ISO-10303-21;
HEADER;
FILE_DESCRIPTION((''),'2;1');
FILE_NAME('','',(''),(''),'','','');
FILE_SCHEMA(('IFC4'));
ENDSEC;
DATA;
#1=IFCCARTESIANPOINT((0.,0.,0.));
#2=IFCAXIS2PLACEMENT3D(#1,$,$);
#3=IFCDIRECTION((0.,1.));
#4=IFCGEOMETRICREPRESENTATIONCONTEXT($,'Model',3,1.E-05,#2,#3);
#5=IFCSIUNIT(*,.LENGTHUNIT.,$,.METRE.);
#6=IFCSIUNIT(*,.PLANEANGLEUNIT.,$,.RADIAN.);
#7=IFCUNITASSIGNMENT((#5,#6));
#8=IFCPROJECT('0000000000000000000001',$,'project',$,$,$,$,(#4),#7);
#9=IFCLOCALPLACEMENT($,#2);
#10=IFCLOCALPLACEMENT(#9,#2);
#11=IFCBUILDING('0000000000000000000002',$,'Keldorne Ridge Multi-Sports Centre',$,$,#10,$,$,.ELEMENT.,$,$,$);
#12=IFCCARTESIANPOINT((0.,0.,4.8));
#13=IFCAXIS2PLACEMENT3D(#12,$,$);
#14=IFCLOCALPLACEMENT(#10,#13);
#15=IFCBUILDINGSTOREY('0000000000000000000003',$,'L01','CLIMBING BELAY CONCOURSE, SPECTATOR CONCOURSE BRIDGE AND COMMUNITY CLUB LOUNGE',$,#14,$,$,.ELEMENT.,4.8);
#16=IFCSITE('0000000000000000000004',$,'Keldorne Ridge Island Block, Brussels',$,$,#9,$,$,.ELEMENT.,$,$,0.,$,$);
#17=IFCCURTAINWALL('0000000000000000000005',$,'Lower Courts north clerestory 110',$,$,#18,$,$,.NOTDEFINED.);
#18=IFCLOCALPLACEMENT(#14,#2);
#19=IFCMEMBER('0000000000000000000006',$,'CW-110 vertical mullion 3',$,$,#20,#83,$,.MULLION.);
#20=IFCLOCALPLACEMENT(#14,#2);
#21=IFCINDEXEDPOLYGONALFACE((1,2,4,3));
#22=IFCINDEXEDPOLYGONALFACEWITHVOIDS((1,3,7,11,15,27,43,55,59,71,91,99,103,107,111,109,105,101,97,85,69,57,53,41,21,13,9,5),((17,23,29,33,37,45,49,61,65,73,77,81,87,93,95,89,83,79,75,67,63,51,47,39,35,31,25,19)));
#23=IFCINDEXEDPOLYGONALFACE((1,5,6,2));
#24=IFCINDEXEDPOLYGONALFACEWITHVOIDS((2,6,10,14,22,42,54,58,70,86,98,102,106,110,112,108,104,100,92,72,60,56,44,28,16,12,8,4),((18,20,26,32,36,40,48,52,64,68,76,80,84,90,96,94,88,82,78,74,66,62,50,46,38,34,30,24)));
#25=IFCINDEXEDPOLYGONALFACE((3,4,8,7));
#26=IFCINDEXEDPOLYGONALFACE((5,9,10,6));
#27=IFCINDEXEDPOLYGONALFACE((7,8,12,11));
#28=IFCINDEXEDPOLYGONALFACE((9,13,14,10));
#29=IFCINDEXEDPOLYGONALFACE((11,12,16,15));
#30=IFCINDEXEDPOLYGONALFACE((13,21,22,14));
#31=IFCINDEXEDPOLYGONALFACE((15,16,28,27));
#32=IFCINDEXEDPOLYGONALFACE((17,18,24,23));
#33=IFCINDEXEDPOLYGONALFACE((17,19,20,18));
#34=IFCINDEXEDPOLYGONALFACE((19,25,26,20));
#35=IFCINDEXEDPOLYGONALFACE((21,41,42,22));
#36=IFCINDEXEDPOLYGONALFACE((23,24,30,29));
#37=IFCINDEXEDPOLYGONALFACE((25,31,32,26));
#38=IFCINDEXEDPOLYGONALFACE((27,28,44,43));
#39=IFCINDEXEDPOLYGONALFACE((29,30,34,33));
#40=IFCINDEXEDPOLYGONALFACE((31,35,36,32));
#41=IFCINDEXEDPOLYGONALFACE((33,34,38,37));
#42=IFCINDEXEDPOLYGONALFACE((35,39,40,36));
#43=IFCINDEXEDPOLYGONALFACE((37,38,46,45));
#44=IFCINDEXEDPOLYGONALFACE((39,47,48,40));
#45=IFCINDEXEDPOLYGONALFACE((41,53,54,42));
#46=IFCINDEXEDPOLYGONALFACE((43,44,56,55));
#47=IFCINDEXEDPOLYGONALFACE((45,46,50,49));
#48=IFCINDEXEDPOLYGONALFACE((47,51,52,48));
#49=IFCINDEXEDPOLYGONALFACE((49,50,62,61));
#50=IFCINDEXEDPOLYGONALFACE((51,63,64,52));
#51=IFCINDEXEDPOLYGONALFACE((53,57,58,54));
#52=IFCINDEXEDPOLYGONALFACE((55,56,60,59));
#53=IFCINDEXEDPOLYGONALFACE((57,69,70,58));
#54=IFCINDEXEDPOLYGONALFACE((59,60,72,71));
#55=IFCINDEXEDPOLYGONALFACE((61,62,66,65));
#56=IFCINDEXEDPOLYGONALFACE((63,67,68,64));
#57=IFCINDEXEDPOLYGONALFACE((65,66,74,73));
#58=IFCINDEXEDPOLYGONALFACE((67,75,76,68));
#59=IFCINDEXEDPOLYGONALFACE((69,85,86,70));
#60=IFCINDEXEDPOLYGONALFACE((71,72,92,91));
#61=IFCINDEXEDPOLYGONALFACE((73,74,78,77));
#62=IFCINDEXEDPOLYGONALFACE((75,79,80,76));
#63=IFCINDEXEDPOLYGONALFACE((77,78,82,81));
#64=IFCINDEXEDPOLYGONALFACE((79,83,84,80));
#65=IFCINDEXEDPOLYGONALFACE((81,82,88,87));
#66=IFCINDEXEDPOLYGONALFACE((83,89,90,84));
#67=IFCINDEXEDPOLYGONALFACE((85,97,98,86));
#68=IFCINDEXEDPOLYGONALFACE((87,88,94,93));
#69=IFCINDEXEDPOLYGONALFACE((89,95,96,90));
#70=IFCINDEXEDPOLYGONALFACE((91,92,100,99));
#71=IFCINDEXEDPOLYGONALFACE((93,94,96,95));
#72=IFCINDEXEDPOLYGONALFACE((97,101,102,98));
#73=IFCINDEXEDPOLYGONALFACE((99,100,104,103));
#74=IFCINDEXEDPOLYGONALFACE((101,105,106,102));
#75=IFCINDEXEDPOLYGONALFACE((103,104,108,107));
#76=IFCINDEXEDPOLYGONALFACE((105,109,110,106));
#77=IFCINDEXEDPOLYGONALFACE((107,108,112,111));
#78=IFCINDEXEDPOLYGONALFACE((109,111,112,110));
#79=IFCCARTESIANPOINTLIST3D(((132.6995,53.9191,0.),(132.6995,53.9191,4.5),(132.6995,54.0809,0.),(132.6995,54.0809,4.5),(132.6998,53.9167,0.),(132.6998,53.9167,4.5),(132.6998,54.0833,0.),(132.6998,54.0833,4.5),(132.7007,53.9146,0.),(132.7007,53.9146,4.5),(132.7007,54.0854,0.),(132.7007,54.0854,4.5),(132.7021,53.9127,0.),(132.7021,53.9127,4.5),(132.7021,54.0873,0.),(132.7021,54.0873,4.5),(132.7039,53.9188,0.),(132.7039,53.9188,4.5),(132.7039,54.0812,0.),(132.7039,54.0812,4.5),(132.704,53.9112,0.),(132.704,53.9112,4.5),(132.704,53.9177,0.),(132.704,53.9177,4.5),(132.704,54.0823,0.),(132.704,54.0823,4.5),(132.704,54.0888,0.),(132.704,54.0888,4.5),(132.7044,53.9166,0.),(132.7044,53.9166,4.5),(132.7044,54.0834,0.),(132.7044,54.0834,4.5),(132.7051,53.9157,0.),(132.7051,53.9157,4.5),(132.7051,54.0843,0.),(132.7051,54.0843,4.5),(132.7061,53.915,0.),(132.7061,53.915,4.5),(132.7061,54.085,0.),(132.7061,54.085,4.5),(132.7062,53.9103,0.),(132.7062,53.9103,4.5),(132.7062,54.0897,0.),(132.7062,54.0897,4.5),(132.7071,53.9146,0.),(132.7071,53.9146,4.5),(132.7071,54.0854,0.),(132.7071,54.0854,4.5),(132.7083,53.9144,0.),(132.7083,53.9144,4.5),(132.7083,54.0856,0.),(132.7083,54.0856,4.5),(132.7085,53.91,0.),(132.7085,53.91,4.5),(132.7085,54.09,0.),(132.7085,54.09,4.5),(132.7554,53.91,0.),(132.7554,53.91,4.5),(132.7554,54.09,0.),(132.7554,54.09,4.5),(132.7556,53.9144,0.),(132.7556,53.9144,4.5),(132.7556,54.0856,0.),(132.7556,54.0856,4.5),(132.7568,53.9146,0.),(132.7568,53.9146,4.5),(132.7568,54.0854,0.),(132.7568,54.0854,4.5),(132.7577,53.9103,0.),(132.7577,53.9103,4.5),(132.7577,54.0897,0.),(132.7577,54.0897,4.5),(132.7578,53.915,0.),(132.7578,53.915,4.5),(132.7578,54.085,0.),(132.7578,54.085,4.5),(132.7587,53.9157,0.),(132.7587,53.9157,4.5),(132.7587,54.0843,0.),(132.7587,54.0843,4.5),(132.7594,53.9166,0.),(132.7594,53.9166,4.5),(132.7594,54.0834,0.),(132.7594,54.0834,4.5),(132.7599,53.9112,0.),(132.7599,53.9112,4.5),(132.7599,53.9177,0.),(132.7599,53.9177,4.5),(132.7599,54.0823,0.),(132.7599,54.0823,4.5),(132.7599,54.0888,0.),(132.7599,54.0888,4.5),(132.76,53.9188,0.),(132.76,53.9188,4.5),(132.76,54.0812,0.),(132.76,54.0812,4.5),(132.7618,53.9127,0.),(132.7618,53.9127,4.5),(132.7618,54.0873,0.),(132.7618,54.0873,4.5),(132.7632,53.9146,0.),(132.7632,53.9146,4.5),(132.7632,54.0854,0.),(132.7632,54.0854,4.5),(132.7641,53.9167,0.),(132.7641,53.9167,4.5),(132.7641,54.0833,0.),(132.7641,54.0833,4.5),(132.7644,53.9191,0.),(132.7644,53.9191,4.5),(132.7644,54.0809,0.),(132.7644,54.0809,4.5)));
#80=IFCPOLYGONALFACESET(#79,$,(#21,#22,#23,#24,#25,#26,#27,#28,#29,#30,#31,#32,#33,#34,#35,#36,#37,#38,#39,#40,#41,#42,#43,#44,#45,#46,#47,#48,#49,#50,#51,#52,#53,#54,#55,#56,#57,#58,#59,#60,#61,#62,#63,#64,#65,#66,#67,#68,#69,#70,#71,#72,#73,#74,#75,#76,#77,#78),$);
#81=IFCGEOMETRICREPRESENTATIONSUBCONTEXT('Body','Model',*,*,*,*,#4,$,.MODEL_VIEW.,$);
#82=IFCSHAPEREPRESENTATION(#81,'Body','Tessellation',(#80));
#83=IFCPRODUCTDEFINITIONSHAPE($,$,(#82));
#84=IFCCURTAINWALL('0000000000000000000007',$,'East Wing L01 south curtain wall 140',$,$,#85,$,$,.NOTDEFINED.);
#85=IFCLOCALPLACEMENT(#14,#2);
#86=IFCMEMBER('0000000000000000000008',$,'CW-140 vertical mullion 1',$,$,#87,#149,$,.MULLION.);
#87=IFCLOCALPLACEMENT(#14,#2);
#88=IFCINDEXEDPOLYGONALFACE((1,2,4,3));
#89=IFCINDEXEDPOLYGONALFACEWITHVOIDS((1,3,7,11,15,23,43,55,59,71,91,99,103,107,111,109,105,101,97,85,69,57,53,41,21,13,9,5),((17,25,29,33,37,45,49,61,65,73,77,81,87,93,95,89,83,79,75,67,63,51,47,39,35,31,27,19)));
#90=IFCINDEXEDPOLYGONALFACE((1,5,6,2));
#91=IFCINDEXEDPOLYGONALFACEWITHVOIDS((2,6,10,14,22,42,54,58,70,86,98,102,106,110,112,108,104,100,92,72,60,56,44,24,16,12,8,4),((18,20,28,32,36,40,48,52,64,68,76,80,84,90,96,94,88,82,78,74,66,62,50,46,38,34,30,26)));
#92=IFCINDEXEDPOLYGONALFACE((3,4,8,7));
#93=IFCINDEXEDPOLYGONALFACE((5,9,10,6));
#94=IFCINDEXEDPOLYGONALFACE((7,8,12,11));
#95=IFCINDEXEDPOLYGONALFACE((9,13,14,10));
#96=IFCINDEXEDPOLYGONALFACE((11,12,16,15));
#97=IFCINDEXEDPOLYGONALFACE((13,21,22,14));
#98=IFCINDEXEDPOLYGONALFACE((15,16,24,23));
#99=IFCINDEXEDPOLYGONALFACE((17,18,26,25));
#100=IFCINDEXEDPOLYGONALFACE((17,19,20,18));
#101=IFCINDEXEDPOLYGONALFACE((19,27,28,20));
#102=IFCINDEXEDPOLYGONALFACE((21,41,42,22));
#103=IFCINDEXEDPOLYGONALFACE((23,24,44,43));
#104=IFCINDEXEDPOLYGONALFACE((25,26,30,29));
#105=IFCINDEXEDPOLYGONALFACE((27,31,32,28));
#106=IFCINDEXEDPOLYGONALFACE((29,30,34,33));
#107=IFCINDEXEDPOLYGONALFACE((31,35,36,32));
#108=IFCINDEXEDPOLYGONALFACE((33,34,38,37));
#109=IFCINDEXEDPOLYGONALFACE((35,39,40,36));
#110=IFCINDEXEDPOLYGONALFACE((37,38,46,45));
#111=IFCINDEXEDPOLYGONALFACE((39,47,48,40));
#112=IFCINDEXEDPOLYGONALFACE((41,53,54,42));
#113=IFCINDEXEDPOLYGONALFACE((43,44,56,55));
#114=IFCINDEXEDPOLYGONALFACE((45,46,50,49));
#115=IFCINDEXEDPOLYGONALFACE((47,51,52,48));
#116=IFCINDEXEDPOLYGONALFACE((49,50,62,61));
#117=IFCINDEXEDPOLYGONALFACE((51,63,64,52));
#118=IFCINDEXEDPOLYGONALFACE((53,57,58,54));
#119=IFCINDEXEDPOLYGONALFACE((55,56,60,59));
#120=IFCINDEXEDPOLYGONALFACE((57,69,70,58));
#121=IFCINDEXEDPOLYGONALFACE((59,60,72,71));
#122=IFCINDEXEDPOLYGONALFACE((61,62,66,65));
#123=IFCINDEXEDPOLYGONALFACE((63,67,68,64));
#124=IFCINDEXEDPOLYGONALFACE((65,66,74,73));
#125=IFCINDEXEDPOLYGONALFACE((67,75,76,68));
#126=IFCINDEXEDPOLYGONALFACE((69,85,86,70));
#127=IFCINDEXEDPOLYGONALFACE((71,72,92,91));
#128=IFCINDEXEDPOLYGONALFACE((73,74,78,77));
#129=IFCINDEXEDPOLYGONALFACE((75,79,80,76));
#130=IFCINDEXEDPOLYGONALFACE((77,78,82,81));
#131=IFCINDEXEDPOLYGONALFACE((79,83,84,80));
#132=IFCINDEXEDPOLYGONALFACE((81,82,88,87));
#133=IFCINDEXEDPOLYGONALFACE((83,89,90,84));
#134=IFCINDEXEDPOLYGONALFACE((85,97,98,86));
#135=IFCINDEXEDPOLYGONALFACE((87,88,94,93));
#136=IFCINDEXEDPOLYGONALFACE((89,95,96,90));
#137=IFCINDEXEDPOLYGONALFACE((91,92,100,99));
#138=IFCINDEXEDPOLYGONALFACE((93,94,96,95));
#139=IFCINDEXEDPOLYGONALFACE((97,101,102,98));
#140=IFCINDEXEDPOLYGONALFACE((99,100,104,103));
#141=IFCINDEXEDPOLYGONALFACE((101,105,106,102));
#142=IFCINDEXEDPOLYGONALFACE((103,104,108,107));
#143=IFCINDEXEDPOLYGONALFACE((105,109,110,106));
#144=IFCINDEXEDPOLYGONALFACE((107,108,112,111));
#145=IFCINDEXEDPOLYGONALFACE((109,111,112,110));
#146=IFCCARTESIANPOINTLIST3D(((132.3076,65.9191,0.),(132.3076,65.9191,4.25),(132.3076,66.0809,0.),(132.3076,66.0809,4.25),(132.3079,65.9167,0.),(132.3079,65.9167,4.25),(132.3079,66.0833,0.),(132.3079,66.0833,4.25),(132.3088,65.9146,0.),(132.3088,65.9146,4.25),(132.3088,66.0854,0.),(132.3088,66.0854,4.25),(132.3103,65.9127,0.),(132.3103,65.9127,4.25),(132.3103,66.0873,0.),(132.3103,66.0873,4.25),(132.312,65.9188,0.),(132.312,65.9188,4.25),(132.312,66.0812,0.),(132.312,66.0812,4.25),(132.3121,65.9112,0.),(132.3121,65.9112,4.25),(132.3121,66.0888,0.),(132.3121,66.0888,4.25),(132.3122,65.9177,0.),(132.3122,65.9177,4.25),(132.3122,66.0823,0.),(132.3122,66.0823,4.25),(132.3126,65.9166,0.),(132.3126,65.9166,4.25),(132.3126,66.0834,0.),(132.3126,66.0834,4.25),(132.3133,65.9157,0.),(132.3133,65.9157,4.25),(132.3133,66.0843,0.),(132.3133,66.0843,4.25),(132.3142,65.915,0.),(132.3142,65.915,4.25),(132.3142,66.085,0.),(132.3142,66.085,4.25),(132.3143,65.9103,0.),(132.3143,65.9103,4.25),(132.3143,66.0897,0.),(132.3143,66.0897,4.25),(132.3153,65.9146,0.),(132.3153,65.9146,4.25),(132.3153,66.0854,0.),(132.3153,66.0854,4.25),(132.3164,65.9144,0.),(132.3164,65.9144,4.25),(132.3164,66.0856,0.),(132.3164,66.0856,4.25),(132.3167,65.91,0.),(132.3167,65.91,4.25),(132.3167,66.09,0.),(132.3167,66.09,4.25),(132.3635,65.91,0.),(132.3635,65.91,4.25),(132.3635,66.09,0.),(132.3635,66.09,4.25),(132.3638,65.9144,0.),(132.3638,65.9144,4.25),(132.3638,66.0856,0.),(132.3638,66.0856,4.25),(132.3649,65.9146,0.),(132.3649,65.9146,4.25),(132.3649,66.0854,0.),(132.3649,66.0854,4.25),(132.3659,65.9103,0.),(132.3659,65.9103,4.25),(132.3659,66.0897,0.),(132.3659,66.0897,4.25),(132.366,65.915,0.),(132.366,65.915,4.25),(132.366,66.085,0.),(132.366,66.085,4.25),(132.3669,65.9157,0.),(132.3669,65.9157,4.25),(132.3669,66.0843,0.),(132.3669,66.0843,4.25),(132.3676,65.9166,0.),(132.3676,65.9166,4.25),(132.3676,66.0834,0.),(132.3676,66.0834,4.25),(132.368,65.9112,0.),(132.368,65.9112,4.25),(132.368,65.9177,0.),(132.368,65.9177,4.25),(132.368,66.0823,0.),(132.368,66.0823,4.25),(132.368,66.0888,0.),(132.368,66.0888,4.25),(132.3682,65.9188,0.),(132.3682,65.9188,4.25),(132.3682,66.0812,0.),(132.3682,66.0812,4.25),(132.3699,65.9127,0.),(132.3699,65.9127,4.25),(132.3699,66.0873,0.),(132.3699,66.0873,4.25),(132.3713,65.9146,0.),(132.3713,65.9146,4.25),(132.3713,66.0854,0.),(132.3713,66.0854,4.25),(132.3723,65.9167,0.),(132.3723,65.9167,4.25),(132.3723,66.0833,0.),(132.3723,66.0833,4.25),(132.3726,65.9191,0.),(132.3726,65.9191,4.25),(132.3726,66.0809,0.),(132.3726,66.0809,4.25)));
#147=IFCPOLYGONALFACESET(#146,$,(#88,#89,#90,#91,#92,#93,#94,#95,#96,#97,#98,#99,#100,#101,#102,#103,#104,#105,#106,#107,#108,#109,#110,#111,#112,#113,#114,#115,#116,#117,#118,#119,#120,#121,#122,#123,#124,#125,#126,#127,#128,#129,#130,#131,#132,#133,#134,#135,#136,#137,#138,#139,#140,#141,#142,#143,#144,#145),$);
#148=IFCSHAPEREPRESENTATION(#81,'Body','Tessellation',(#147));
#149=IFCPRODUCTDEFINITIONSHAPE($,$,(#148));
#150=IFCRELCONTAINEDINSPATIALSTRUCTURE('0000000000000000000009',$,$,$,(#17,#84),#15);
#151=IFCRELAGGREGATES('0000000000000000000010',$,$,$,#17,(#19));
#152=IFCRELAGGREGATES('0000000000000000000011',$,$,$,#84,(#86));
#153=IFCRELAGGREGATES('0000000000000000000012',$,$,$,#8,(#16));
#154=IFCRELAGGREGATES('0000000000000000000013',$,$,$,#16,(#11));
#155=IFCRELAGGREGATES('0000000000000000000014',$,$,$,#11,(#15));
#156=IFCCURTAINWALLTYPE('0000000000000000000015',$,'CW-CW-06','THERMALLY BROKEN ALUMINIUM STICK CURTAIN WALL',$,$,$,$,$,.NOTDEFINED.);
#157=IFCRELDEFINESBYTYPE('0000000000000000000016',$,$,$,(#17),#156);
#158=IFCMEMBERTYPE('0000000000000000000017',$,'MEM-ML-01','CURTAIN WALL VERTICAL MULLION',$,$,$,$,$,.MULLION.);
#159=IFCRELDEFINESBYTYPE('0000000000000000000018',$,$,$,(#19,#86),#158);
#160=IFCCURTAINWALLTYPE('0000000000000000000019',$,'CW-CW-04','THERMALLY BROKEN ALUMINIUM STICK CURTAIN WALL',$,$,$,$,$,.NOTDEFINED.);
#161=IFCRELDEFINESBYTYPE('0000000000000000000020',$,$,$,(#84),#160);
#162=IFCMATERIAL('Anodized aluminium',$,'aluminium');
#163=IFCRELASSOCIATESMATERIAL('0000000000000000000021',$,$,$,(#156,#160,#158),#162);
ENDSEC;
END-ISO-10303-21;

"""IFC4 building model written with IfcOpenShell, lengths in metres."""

from ifc_helpers import new_model, si_unit, direction, frame, origin, origin_2d, place, context, subcontext, project, spatial, hollow_rectangle, extrude, material, material_profile, profile_set, type_object, element, aggregate, save


model = new_model("IFC4")

# Units and contexts
model_context = context("Model", 3, precision=1e-05, world=origin(), true_north=direction((0.0, 1.0)))
body_context = subcontext(model_context, "Body", "Model", "MODEL_VIEW")
ifc_project = project(units=[si_unit("LENGTHUNIT", "METRE"), si_unit("PLANEANGLEUNIT", "RADIAN")], contexts=[model_context])

# Site, building, storey
site_placement = place(None, origin())
site = spatial("IfcSite", under=ifc_project, at=site_placement, Name="Keldorne Ridge Island Block, Brussels", CompositionType="ELEMENT", RefElevation=0.0)
building_placement = place(site_placement, origin())
building = spatial("IfcBuilding", under=site, at=building_placement, Name="Keldorne Ridge Multi-Sports Centre", CompositionType="ELEMENT")
storey_placement = place(building_placement, frame((0.0, 0.0, 4.8)))
storey = spatial("IfcBuildingStorey", under=building, at=storey_placement, Name="L01", Description="CLIMBING BELAY CONCOURSE, SPECTATOR CONCOURSE BRIDGE AND COMMUNITY CLUB LOUNGE", CompositionType="ELEMENT", Elevation=4.8)

# Curtain walls, members
ifc_material_1 = material(Name="Anodized aluminium", Category="aluminium")
curtain_wall_type_1 = type_object("IfcCurtainWallType", Name="CW-CW-06", Description="THERMALLY BROKEN ALUMINIUM STICK CURTAIN WALL", PredefinedType="NOTDEFINED", material=ifc_material_1)
curtain_wall_1_placement = place(storey_placement, origin())
curtain_wall_1 = element("IfcCurtainWall", 1, at=curtain_wall_1_placement, inside=storey, type_object=curtain_wall_type_1, Name="Lower Courts north clerestory 110", PredefinedType="NOTDEFINED")
ifc_material_profile_1 = material_profile(ifc_material_1, hollow_rectangle(XDim=0.0649, YDim=0.1799, WallThickness=0.0044, InnerFilletRadius=0.0044, OuterFilletRadius=0.009, at=origin_2d()), Name="ALU MULLION 180x65x4.5")
ifc_profile_set_1 = profile_set([ifc_material_profile_1], Name="Anodized aluminium")
member_type_1 = type_object("IfcMemberType", Name="MEM-ML-01", Description="CURTAIN WALL VERTICAL MULLION", PredefinedType="MULLION", material=ifc_profile_set_1)
member_1_placement = place(storey_placement, frame((132.7319, 54.0, 0.0), z_axis=(0.0, 0.0, 1.0), x_axis=(1.0, 0.0, 0.0)))
member_1 = element("IfcMember", 2, at=member_1_placement, type_object=member_type_1, Name="CW-110 vertical mullion 3", PredefinedType="MULLION", context=body_context, shape_type="SweptSolid", body=[
    extrude(hollow_rectangle(XDim=0.0649, YDim=0.1799, WallThickness=0.0044, InnerFilletRadius=0.0044, OuterFilletRadius=0.009, at=origin_2d()), origin(), (0.0, 0.0, 1.0), 4.5),
])
curtain_wall_type_2 = type_object("IfcCurtainWallType", Name="CW-CW-04", Description="THERMALLY BROKEN ALUMINIUM STICK CURTAIN WALL", PredefinedType="NOTDEFINED", material=ifc_material_1)
curtain_wall_2_placement = place(storey_placement, origin())
curtain_wall_2 = element("IfcCurtainWall", 3, at=curtain_wall_2_placement, inside=storey, type_object=curtain_wall_type_2, Name="East Wing L01 south curtain wall 140", PredefinedType="NOTDEFINED")
member_2_placement = place(storey_placement, frame((132.3401, 66.0, 0.0), z_axis=(0.0, 0.0, 1.0), x_axis=(1.0, 0.0, 0.0)))
member_2 = element("IfcMember", 4, at=member_2_placement, type_object=member_type_1, Name="CW-140 vertical mullion 1", PredefinedType="MULLION", context=body_context, shape_type="SweptSolid", body=[
    extrude(hollow_rectangle(XDim=0.0649, YDim=0.1799, WallThickness=0.0044, InnerFilletRadius=0.0044, OuterFilletRadius=0.009, at=origin_2d()), origin(), (0.0, 0.0, 1.0), 4.25),
])

aggregate(curtain_wall_1, [member_1])
aggregate(curtain_wall_2, [member_2])

save(model, "model.ifc")
